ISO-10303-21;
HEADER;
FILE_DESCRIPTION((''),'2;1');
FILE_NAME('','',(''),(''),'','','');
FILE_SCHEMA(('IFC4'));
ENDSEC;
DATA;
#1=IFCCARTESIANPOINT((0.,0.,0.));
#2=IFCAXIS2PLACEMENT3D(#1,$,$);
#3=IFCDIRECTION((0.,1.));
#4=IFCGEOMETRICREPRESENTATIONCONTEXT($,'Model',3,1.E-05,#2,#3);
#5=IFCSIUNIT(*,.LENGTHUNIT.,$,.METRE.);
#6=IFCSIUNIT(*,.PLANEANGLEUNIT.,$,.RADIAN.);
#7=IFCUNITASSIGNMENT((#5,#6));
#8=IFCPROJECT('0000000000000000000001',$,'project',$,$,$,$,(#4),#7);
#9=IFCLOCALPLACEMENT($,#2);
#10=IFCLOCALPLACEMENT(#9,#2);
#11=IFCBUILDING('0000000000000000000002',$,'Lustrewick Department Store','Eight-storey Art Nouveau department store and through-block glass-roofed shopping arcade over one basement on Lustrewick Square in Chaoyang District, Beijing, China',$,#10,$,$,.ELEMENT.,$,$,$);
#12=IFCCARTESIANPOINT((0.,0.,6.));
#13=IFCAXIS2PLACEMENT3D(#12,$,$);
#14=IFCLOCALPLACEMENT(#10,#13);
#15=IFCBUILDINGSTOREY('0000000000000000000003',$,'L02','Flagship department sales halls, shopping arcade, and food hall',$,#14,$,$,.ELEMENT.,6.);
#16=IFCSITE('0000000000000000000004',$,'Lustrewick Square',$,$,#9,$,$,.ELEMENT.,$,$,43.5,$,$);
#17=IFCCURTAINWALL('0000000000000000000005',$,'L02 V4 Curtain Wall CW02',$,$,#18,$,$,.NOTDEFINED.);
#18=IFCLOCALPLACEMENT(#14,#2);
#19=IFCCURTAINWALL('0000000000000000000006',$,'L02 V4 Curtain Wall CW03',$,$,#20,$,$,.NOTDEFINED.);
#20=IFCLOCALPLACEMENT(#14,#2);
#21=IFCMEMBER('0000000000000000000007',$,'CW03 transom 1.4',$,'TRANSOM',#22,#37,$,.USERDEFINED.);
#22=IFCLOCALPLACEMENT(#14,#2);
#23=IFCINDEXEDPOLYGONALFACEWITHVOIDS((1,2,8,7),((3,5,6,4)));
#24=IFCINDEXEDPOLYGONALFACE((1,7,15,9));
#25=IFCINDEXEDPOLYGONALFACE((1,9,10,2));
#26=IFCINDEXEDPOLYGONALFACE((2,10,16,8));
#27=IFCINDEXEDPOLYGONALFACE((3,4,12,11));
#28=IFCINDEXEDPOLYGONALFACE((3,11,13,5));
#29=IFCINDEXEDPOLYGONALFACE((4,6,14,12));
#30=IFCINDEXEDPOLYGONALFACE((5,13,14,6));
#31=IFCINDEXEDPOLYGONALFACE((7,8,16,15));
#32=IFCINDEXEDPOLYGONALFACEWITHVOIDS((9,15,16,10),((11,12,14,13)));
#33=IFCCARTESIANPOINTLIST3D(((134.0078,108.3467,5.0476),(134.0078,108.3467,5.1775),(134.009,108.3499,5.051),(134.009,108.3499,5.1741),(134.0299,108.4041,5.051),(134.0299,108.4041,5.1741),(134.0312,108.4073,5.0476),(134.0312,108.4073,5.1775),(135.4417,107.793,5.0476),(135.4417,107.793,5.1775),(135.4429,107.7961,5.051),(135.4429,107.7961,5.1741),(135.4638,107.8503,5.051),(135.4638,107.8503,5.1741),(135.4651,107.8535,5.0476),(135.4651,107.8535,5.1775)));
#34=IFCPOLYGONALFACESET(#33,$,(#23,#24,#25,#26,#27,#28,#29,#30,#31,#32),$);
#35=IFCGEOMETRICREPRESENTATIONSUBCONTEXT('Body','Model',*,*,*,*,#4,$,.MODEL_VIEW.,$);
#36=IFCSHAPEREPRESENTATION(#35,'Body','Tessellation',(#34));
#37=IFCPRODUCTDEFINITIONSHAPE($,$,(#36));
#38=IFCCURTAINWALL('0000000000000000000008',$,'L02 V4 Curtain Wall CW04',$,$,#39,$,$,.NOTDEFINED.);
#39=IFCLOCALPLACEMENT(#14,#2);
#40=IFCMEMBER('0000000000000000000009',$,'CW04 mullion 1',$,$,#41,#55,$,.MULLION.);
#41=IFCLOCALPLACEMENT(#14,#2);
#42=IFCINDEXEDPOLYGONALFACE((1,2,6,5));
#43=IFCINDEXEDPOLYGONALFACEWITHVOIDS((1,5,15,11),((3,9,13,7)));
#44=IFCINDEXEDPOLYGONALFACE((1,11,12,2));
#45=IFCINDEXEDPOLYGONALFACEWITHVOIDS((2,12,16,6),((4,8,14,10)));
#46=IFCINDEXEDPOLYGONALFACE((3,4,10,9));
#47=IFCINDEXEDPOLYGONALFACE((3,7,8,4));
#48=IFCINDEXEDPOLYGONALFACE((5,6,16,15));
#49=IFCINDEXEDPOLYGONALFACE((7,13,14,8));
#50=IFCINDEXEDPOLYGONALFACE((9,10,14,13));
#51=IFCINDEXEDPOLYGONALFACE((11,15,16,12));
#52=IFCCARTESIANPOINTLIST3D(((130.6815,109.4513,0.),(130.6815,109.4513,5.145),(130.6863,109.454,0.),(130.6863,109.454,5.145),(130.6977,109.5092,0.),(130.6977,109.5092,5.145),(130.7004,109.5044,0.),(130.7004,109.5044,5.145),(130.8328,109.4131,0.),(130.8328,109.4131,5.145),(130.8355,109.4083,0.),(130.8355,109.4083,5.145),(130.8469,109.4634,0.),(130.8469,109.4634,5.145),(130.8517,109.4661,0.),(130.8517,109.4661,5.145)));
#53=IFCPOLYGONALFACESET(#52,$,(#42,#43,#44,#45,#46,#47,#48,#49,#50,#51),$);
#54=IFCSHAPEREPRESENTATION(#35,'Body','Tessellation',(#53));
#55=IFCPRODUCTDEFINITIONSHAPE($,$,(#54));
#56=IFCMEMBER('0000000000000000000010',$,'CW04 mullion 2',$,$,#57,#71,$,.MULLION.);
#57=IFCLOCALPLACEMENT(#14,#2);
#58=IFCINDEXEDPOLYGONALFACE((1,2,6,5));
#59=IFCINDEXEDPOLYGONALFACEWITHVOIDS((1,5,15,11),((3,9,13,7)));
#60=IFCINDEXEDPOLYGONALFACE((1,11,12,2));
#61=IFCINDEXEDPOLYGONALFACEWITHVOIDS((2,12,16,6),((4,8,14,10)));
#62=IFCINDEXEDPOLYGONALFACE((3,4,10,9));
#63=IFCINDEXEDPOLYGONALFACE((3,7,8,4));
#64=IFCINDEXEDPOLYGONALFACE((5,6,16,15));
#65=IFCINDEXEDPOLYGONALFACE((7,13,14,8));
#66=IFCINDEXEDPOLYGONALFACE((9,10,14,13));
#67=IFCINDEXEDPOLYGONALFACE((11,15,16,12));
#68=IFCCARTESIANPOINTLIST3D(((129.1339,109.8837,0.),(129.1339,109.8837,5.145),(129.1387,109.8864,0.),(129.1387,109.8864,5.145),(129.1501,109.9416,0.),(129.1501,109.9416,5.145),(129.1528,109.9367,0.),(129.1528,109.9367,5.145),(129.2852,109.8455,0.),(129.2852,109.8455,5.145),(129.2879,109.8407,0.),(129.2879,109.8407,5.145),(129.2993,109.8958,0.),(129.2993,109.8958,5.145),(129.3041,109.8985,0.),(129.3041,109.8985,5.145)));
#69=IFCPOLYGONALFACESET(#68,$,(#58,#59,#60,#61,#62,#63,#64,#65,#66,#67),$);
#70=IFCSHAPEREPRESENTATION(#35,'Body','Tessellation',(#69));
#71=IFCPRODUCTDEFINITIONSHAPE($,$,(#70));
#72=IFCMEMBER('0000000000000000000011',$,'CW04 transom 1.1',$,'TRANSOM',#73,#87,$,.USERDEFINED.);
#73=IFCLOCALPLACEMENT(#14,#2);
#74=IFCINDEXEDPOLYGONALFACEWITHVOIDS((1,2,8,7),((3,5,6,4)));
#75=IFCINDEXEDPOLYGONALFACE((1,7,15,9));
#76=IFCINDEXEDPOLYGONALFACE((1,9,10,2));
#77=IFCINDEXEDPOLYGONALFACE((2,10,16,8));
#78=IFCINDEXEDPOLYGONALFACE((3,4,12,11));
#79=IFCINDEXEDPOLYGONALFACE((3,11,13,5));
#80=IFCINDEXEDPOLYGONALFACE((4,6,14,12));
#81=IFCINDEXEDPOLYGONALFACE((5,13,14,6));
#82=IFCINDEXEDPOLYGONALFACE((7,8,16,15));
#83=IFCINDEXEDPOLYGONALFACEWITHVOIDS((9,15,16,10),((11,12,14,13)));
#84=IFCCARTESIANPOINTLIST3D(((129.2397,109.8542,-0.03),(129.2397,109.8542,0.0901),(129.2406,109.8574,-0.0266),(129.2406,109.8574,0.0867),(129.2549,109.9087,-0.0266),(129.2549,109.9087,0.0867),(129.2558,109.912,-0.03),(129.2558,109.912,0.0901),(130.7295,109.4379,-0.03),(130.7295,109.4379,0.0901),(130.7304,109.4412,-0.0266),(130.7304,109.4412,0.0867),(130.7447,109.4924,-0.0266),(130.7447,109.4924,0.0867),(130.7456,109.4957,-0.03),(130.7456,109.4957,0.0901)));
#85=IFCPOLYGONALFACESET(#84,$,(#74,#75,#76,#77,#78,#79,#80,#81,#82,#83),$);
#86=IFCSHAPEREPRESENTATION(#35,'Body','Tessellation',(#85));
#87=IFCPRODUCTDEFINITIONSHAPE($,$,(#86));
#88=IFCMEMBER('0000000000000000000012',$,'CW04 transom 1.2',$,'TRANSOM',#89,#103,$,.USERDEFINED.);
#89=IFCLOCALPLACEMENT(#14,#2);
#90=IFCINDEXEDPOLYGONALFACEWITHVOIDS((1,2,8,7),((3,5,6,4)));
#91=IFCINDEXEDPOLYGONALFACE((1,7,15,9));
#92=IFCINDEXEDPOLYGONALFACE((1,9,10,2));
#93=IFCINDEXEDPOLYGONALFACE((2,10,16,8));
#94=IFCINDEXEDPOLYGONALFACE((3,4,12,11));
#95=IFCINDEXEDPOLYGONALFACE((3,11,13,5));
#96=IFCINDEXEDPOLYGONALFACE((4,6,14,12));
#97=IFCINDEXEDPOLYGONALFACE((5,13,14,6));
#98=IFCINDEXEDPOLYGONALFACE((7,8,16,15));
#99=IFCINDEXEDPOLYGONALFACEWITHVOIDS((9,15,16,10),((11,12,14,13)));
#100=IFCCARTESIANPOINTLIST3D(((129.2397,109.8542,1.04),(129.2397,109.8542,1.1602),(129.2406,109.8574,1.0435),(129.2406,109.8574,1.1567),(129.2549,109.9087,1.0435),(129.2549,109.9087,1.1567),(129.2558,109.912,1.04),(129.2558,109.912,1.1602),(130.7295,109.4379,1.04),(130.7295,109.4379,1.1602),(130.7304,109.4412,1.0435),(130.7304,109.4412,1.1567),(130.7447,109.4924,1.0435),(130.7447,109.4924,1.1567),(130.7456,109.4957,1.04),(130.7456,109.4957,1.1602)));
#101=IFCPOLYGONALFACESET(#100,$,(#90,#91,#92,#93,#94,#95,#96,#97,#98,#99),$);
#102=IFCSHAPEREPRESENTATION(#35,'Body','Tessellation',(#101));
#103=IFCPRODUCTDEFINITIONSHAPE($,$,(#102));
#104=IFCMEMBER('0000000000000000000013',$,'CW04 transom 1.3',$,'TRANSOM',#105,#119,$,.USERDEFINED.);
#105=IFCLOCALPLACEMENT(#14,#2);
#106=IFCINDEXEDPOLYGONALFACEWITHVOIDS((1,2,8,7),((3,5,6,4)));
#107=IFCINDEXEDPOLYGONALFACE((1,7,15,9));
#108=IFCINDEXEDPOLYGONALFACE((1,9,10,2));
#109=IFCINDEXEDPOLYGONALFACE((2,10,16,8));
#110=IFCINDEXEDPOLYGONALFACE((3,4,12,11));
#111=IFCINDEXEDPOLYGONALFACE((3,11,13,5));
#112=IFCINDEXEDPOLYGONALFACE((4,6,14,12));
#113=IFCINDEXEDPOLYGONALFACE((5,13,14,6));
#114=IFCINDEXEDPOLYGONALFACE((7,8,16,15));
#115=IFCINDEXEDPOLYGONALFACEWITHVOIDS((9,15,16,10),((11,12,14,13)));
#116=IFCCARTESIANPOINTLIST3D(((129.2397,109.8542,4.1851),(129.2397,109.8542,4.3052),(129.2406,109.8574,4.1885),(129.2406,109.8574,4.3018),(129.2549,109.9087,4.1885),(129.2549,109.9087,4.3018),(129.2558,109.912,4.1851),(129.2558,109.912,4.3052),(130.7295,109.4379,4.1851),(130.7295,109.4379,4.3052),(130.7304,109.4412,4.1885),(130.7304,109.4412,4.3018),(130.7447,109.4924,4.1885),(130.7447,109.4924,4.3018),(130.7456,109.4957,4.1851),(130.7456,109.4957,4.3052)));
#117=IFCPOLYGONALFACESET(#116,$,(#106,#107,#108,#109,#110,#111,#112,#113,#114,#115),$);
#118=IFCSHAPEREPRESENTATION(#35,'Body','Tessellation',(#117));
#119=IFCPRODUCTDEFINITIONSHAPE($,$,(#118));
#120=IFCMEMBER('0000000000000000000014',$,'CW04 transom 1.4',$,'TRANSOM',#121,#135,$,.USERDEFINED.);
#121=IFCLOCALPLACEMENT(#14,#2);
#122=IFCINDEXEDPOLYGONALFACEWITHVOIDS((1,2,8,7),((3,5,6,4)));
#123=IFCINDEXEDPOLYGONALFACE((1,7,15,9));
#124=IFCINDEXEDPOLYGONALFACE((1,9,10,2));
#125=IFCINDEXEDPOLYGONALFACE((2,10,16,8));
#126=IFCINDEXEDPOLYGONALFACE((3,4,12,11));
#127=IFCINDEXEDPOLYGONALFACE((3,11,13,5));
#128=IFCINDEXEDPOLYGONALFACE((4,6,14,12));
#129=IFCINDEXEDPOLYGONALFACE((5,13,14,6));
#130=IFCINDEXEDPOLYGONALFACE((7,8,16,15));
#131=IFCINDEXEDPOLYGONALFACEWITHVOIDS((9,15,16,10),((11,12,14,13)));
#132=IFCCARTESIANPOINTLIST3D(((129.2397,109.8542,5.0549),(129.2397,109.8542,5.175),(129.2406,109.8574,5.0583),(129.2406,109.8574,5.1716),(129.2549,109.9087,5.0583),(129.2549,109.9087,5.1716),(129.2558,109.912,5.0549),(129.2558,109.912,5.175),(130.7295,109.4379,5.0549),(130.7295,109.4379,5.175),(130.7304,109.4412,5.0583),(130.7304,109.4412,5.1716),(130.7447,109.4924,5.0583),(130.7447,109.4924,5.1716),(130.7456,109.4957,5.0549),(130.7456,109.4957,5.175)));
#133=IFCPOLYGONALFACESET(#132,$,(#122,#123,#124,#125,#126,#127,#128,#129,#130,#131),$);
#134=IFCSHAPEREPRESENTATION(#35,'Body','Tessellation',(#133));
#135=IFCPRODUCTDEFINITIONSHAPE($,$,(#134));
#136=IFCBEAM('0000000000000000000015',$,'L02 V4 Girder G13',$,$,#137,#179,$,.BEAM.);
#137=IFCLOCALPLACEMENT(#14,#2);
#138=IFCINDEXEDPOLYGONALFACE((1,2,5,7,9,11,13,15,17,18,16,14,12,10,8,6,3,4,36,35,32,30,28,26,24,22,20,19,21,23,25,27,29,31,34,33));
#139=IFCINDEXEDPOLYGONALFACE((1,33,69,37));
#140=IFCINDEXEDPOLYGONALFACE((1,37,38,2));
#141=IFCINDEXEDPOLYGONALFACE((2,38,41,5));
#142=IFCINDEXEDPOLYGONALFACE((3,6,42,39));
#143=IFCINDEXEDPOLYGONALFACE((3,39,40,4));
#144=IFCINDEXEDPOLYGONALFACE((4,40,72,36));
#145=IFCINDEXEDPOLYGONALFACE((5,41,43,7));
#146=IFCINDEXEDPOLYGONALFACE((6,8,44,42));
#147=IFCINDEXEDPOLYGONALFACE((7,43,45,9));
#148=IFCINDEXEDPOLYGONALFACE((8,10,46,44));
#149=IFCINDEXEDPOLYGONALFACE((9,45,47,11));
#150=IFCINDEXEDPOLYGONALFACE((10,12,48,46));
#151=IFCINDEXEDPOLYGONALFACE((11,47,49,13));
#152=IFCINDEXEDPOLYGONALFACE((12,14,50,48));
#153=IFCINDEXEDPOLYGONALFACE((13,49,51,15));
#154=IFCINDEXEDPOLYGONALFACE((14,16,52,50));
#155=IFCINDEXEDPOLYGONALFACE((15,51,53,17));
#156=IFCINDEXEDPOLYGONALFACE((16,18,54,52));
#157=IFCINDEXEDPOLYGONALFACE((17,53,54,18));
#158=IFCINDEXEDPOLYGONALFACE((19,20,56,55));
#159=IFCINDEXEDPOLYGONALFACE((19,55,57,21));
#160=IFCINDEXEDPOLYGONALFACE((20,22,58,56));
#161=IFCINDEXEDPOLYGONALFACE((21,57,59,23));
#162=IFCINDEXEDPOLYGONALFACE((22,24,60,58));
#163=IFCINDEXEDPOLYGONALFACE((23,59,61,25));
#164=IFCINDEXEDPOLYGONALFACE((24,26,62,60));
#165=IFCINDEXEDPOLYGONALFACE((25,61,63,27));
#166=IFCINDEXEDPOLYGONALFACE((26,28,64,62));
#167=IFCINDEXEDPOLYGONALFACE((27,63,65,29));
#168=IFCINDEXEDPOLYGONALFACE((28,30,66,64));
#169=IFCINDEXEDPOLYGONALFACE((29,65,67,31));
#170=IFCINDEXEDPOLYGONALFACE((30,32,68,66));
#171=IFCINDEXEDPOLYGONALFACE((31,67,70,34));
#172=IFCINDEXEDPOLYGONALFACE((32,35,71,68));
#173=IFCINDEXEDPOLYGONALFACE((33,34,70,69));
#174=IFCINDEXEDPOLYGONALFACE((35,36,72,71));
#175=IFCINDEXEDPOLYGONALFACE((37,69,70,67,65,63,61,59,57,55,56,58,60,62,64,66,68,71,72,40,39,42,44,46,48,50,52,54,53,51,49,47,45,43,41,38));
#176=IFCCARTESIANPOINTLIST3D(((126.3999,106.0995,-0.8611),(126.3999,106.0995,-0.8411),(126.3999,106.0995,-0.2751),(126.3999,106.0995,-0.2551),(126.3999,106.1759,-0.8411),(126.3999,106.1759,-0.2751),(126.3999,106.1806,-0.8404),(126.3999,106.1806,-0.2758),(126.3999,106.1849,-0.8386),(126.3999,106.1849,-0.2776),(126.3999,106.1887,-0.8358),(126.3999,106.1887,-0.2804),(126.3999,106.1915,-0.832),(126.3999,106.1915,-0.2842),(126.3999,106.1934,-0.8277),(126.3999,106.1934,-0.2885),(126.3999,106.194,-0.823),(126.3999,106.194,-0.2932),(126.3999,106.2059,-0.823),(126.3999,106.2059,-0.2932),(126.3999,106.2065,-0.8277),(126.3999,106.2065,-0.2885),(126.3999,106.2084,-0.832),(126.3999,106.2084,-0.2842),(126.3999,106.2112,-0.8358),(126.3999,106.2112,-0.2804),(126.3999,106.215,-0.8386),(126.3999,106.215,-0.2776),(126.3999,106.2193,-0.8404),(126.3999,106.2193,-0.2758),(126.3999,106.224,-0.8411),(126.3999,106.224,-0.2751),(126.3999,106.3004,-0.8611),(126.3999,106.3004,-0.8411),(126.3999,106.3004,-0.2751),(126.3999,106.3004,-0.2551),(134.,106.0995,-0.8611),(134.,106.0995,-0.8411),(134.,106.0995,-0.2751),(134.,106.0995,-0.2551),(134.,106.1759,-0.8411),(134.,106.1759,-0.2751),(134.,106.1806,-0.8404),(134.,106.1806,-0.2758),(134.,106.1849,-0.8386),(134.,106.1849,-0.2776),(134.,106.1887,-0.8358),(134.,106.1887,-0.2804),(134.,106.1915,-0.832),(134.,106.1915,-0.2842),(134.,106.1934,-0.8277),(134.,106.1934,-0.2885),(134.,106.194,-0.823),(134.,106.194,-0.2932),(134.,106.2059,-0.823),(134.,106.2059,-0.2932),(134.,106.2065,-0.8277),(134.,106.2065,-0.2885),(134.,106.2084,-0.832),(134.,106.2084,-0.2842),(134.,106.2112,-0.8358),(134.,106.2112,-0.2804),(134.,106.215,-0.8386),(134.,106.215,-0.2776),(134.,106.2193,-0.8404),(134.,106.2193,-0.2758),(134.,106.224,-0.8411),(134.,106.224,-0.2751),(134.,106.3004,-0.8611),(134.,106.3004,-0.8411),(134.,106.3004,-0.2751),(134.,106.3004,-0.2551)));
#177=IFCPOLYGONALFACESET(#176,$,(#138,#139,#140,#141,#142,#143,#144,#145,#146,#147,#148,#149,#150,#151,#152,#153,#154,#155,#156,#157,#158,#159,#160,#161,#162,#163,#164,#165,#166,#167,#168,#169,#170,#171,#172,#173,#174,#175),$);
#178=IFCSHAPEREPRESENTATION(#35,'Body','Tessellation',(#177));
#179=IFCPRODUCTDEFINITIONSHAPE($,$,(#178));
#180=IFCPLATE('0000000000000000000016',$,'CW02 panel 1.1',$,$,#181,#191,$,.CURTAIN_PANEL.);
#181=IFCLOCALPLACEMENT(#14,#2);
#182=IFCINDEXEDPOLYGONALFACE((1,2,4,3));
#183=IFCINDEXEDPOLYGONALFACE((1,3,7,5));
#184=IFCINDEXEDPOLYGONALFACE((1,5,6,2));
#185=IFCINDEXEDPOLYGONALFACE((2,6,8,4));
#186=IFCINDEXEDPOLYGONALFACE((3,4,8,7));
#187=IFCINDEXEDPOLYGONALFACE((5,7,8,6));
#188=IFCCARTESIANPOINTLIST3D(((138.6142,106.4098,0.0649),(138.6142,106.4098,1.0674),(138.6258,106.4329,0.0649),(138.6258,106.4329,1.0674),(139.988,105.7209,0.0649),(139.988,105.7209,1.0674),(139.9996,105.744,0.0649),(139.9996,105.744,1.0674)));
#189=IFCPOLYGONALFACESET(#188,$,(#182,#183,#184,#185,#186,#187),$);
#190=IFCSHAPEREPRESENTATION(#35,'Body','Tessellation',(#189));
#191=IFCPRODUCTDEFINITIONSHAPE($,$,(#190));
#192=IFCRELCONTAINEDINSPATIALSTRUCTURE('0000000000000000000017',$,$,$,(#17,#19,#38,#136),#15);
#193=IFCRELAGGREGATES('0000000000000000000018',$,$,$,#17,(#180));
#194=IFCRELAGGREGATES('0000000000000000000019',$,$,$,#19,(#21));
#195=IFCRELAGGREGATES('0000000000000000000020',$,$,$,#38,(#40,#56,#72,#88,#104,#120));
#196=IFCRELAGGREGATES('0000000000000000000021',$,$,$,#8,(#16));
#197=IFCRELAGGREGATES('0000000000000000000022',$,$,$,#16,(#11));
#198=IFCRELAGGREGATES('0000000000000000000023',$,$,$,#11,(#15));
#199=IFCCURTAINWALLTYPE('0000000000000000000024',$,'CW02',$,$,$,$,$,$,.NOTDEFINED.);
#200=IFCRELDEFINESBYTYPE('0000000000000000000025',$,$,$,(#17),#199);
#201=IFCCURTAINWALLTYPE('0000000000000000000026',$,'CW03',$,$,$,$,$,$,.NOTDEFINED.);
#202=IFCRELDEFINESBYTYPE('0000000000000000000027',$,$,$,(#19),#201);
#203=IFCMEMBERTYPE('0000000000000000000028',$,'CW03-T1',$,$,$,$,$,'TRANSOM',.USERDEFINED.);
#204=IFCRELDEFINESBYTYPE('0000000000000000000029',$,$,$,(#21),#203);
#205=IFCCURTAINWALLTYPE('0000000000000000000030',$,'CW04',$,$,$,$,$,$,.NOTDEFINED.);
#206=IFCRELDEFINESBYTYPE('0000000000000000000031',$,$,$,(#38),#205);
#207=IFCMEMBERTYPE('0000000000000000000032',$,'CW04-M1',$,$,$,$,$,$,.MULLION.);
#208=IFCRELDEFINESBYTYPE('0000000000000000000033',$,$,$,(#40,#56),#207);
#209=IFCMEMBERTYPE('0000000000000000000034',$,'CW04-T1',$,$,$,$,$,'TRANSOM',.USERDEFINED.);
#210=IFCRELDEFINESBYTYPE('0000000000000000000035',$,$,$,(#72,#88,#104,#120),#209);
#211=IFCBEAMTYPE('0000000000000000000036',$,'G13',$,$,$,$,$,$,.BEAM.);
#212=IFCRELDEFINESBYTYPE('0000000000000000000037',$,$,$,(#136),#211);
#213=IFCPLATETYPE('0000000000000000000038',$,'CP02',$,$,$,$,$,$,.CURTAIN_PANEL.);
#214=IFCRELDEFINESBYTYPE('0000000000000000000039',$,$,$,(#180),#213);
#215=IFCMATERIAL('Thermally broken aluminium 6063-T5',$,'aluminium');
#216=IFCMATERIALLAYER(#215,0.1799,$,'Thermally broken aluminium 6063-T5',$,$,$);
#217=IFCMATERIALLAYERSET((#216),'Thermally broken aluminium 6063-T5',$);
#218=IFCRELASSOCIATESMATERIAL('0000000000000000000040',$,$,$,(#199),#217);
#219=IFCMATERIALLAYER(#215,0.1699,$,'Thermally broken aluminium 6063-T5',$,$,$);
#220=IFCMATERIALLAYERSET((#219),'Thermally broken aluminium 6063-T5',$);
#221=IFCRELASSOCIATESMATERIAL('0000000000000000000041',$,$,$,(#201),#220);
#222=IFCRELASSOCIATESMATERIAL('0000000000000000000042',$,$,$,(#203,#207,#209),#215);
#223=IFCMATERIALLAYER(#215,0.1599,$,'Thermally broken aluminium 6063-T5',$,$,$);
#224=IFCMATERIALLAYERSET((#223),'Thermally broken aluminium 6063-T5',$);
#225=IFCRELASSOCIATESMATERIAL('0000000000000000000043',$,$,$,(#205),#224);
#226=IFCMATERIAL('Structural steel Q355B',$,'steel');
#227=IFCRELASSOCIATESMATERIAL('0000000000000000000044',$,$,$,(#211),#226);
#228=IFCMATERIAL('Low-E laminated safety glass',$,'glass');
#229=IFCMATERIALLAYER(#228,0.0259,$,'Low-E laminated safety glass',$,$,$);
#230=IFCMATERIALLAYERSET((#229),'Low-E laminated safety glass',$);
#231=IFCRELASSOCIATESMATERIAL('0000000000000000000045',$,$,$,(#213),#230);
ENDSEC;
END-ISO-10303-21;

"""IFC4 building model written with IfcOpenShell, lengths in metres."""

from ifc_helpers import new_model, si_unit, direction, frame, origin, origin_2d, place, context, subcontext, project, spatial, rectangle, hollow_rectangle, i_section, extrude, material, layer, layer_set, material_profile, profile_set, type_object, element, aggregate, save


model = new_model("IFC4")

# Units and contexts
model_context = context("Model", 3, precision=1e-05, world=origin(), true_north=direction((0.0, 1.0)))
body_context = subcontext(model_context, "Body", "Model", "MODEL_VIEW")
ifc_project = project(units=[si_unit("LENGTHUNIT", "METRE"), si_unit("PLANEANGLEUNIT", "RADIAN")], contexts=[model_context])

# Site, building, storey
site_placement = place(None, origin())
site = spatial("IfcSite", under=ifc_project, at=site_placement, Name="Lustrewick Square", CompositionType="ELEMENT", RefElevation=43.5)
building_placement = place(site_placement, origin())
building = spatial("IfcBuilding", under=site, at=building_placement, Name="Lustrewick Department Store", Description="Eight-storey Art Nouveau department store and through-block glass-roofed shopping arcade over one basement on Lustrewick Square in Chaoyang District, Beijing, China", CompositionType="ELEMENT")
storey_placement = place(building_placement, frame((0.0, 0.0, 6.0)))
storey = spatial("IfcBuildingStorey", under=building, at=storey_placement, Name="L02", Description="Flagship department sales halls, shopping arcade, and food hall", CompositionType="ELEMENT", Elevation=6.0)

# Curtain walls, members
ifc_material_1 = material(Name="Thermally broken aluminium 6063-T5", Category="aluminium")
ifc_layer_1 = layer(ifc_material_1, 0.1799, Name="Thermally broken aluminium 6063-T5")
ifc_layer_set_1 = layer_set([ifc_layer_1], Name="Thermally broken aluminium 6063-T5")
curtain_wall_type_1 = type_object("IfcCurtainWallType", Name="CW02", PredefinedType="NOTDEFINED", material=ifc_layer_set_1)
curtain_wall_1_placement = place(storey_placement, origin())
curtain_wall_1 = element("IfcCurtainWall", 1, at=curtain_wall_1_placement, inside=storey, type_object=curtain_wall_type_1, Name="L02 V4 Curtain Wall CW02", PredefinedType="NOTDEFINED")
ifc_layer_2 = layer(ifc_material_1, 0.1699, Name="Thermally broken aluminium 6063-T5")
ifc_layer_set_2 = layer_set([ifc_layer_2], Name="Thermally broken aluminium 6063-T5")
curtain_wall_type_2 = type_object("IfcCurtainWallType", Name="CW03", PredefinedType="NOTDEFINED", material=ifc_layer_set_2)
curtain_wall_2_placement = place(storey_placement, origin())
curtain_wall_2 = element("IfcCurtainWall", 2, at=curtain_wall_2_placement, inside=storey, type_object=curtain_wall_type_2, Name="L02 V4 Curtain Wall CW03", PredefinedType="NOTDEFINED")
ifc_material_profile_1 = material_profile(ifc_material_1, hollow_rectangle(XDim=0.0649, YDim=0.1299, WallThickness=0.0034, at=origin_2d()), Name="ALU-T 65x130x3.5")
ifc_profile_set_1 = profile_set([ifc_material_profile_1], Name="Thermally broken aluminium 6063-T5")
member_type_1 = type_object("IfcMemberType", Name="CW03-T1", ElementType="TRANSOM", PredefinedType="USERDEFINED", material=ifc_profile_set_1)
member_1_placement = place(storey_placement, frame((135.4534, 107.8232, 5.1125), z_axis=(-0.932858, 0.360245, 0.0), x_axis=(-0.360245, -0.932858, 0.0)))
member_1 = element("IfcMember", 3, at=member_1_placement, type_object=member_type_1, Name="CW03 transom 1.4", ObjectType="TRANSOM", PredefinedType="USERDEFINED", context=body_context, shape_type="SweptSolid", body=[
    extrude(hollow_rectangle(XDim=0.0649, YDim=0.1299, WallThickness=0.0034, at=origin_2d()), origin(), (0.0, 0.0, 1.0), 1.5371),
])
ifc_layer_3 = layer(ifc_material_1, 0.1599, Name="Thermally broken aluminium 6063-T5")
ifc_layer_set_3 = layer_set([ifc_layer_3], Name="Thermally broken aluminium 6063-T5")
curtain_wall_type_3 = type_object("IfcCurtainWallType", Name="CW04", PredefinedType="NOTDEFINED", material=ifc_layer_set_3)
curtain_wall_3_placement = place(storey_placement, origin())
curtain_wall_3 = element("IfcCurtainWall", 4, at=curtain_wall_3_placement, inside=storey, type_object=curtain_wall_type_3, Name="L02 V4 Curtain Wall CW04", PredefinedType="NOTDEFINED")
ifc_material_profile_2 = material_profile(ifc_material_1, hollow_rectangle(XDim=0.0601, YDim=0.1599, WallThickness=0.0039, at=origin_2d()), Name="ALU-M 60x160x4")
ifc_profile_set_2 = profile_set([ifc_material_profile_2], Name="Thermally broken aluminium 6063-T5")
member_type_2 = type_object("IfcMemberType", Name="CW04-M1", PredefinedType="MULLION", material=ifc_profile_set_2)
member_2_placement = place(storey_placement, frame((130.7666, 109.4587, 0.0), z_axis=(0.0, 0.0, 1.0), x_axis=(-0.269123, -0.963106, 0.0)))
member_2 = element("IfcMember", 5, at=member_2_placement, type_object=member_type_2, Name="CW04 mullion 1", PredefinedType="MULLION", context=body_context, shape_type="SweptSolid", body=[
    extrude(hollow_rectangle(XDim=0.0601, YDim=0.1599, WallThickness=0.0039, at=origin_2d()), origin(), (0.0, 0.0, 1.0), 5.145),
])
member_3_placement = place(storey_placement, frame((129.219, 109.8911, 0.0), z_axis=(0.0, 0.0, 1.0), x_axis=(-0.269123, -0.963106, 0.0)))
member_3 = element("IfcMember", 6, at=member_3_placement, type_object=member_type_2, Name="CW04 mullion 2", PredefinedType="MULLION", context=body_context, shape_type="SweptSolid", body=[
    extrude(hollow_rectangle(XDim=0.0601, YDim=0.1599, WallThickness=0.0039, at=origin_2d()), origin(), (0.0, 0.0, 1.0), 5.145),
])
ifc_material_profile_3 = material_profile(ifc_material_1, hollow_rectangle(XDim=0.0601, YDim=0.1201, WallThickness=0.0034, at=origin_2d()), Name="ALU-T 60x120x3.5")
ifc_profile_set_3 = profile_set([ifc_material_profile_3], Name="Thermally broken aluminium 6063-T5")
member_type_3 = type_object("IfcMemberType", Name="CW04-T1", ElementType="TRANSOM", PredefinedType="USERDEFINED", material=ifc_profile_set_3)
member_4_placement = place(storey_placement, frame((130.7375, 109.4668, 0.03), z_axis=(-0.96311, 0.269109, 0.0), x_axis=(-0.269109, -0.96311, 0.0)))
member_4 = element("IfcMember", 7, at=member_4_placement, type_object=member_type_3, Name="CW04 transom 1.1", ObjectType="TRANSOM", PredefinedType="USERDEFINED", context=body_context, shape_type="SweptSolid", body=[
    extrude(hollow_rectangle(XDim=0.0601, YDim=0.1201, WallThickness=0.0034, at=origin_2d()), origin(), (0.0, 0.0, 1.0), 1.5469),
])
member_5_placement = place(storey_placement, frame((130.7375, 109.4668, 1.1001), z_axis=(-0.96311, 0.269109, 0.0), x_axis=(-0.269109, -0.96311, 0.0)))
member_5 = element("IfcMember", 8, at=member_5_placement, type_object=member_type_3, Name="CW04 transom 1.2", ObjectType="TRANSOM", PredefinedType="USERDEFINED", context=body_context, shape_type="SweptSolid", body=[
    extrude(hollow_rectangle(XDim=0.0601, YDim=0.1201, WallThickness=0.0034, at=origin_2d()), origin(), (0.0, 0.0, 1.0), 1.5469),
])
member_6_placement = place(storey_placement, frame((130.7375, 109.4668, 4.2451), z_axis=(-0.96311, 0.269109, 0.0), x_axis=(-0.269109, -0.96311, 0.0)))
member_6 = element("IfcMember", 9, at=member_6_placement, type_object=member_type_3, Name="CW04 transom 1.3", ObjectType="TRANSOM", PredefinedType="USERDEFINED", context=body_context, shape_type="SweptSolid", body=[
    extrude(hollow_rectangle(XDim=0.0601, YDim=0.1201, WallThickness=0.0034, at=origin_2d()), origin(), (0.0, 0.0, 1.0), 1.5469),
])
member_7_placement = place(storey_placement, frame((130.7375, 109.4668, 5.115), z_axis=(-0.96311, 0.269109, 0.0), x_axis=(-0.269109, -0.96311, 0.0)))
member_7 = element("IfcMember", 10, at=member_7_placement, type_object=member_type_3, Name="CW04 transom 1.4", ObjectType="TRANSOM", PredefinedType="USERDEFINED", context=body_context, shape_type="SweptSolid", body=[
    extrude(hollow_rectangle(XDim=0.0601, YDim=0.1201, WallThickness=0.0034, at=origin_2d()), origin(), (0.0, 0.0, 1.0), 1.5469),
])

# Beam
ifc_material_2 = material(Name="Structural steel Q355B", Category="steel")
ifc_material_profile_4 = material_profile(ifc_material_2, i_section(OverallWidth=0.2009, OverallDepth=0.606, WebThickness=0.012, FlangeThickness=0.02, FilletRadius=0.0181, at=origin_2d()), Name="HN 606x201x12x20")
ifc_profile_set_4 = profile_set([ifc_material_profile_4], Name="Structural steel Q355B")
beam_type = type_object("IfcBeamType", Name="G13", PredefinedType="BEAM", material=ifc_profile_set_4)
beam_placement = place(storey_placement, frame((126.3999, 106.2, -0.5581), z_axis=(1.0, 0.0, 0.0), x_axis=(0.0, 1.0, 0.0)))
element("IfcBeam", 11, at=beam_placement, inside=storey, type_object=beam_type, Name="L02 V4 Girder G13", PredefinedType="BEAM", context=body_context, shape_type="SweptSolid", body=[
    extrude(i_section(OverallWidth=0.2009, OverallDepth=0.606, WebThickness=0.012, FlangeThickness=0.02, FilletRadius=0.0181, at=origin_2d()), origin(), (0.0, 0.0, 1.0), 7.6001),
])

# Plate
ifc_material_3 = material(Name="Low-E laminated safety glass", Category="glass")
ifc_layer_4 = layer(ifc_material_3, 0.0259, Name="Low-E laminated safety glass")
ifc_layer_set_4 = layer_set([ifc_layer_4], Name="Low-E laminated safety glass")
plate_type_1 = type_object("IfcPlateType", Name="CP02", PredefinedType="CURTAIN_PANEL", material=ifc_layer_set_4)
plate_1_placement = place(storey_placement, frame((139.3069, 106.0769, 0.0649), z_axis=(0.0, 0.0, 1.0), x_axis=(-0.893899, 0.448269, 0.0)))
plate_1 = element("IfcPlate", 12, at=plate_1_placement, type_object=plate_type_1, Name="CW02 panel 1.1", PredefinedType="CURTAIN_PANEL", context=body_context, shape_type="SweptSolid", body=[
    extrude(rectangle(XDim=1.5369, YDim=0.0259, at=origin_2d()), origin(), (0.0, 0.0, 1.0), 1.0024),
])
aggregate(curtain_wall_1, [plate_1])
aggregate(curtain_wall_2, [member_1])
aggregate(curtain_wall_3, [member_2, member_3, member_4, member_5, member_6, member_7])

save(model, "model.ifc")
